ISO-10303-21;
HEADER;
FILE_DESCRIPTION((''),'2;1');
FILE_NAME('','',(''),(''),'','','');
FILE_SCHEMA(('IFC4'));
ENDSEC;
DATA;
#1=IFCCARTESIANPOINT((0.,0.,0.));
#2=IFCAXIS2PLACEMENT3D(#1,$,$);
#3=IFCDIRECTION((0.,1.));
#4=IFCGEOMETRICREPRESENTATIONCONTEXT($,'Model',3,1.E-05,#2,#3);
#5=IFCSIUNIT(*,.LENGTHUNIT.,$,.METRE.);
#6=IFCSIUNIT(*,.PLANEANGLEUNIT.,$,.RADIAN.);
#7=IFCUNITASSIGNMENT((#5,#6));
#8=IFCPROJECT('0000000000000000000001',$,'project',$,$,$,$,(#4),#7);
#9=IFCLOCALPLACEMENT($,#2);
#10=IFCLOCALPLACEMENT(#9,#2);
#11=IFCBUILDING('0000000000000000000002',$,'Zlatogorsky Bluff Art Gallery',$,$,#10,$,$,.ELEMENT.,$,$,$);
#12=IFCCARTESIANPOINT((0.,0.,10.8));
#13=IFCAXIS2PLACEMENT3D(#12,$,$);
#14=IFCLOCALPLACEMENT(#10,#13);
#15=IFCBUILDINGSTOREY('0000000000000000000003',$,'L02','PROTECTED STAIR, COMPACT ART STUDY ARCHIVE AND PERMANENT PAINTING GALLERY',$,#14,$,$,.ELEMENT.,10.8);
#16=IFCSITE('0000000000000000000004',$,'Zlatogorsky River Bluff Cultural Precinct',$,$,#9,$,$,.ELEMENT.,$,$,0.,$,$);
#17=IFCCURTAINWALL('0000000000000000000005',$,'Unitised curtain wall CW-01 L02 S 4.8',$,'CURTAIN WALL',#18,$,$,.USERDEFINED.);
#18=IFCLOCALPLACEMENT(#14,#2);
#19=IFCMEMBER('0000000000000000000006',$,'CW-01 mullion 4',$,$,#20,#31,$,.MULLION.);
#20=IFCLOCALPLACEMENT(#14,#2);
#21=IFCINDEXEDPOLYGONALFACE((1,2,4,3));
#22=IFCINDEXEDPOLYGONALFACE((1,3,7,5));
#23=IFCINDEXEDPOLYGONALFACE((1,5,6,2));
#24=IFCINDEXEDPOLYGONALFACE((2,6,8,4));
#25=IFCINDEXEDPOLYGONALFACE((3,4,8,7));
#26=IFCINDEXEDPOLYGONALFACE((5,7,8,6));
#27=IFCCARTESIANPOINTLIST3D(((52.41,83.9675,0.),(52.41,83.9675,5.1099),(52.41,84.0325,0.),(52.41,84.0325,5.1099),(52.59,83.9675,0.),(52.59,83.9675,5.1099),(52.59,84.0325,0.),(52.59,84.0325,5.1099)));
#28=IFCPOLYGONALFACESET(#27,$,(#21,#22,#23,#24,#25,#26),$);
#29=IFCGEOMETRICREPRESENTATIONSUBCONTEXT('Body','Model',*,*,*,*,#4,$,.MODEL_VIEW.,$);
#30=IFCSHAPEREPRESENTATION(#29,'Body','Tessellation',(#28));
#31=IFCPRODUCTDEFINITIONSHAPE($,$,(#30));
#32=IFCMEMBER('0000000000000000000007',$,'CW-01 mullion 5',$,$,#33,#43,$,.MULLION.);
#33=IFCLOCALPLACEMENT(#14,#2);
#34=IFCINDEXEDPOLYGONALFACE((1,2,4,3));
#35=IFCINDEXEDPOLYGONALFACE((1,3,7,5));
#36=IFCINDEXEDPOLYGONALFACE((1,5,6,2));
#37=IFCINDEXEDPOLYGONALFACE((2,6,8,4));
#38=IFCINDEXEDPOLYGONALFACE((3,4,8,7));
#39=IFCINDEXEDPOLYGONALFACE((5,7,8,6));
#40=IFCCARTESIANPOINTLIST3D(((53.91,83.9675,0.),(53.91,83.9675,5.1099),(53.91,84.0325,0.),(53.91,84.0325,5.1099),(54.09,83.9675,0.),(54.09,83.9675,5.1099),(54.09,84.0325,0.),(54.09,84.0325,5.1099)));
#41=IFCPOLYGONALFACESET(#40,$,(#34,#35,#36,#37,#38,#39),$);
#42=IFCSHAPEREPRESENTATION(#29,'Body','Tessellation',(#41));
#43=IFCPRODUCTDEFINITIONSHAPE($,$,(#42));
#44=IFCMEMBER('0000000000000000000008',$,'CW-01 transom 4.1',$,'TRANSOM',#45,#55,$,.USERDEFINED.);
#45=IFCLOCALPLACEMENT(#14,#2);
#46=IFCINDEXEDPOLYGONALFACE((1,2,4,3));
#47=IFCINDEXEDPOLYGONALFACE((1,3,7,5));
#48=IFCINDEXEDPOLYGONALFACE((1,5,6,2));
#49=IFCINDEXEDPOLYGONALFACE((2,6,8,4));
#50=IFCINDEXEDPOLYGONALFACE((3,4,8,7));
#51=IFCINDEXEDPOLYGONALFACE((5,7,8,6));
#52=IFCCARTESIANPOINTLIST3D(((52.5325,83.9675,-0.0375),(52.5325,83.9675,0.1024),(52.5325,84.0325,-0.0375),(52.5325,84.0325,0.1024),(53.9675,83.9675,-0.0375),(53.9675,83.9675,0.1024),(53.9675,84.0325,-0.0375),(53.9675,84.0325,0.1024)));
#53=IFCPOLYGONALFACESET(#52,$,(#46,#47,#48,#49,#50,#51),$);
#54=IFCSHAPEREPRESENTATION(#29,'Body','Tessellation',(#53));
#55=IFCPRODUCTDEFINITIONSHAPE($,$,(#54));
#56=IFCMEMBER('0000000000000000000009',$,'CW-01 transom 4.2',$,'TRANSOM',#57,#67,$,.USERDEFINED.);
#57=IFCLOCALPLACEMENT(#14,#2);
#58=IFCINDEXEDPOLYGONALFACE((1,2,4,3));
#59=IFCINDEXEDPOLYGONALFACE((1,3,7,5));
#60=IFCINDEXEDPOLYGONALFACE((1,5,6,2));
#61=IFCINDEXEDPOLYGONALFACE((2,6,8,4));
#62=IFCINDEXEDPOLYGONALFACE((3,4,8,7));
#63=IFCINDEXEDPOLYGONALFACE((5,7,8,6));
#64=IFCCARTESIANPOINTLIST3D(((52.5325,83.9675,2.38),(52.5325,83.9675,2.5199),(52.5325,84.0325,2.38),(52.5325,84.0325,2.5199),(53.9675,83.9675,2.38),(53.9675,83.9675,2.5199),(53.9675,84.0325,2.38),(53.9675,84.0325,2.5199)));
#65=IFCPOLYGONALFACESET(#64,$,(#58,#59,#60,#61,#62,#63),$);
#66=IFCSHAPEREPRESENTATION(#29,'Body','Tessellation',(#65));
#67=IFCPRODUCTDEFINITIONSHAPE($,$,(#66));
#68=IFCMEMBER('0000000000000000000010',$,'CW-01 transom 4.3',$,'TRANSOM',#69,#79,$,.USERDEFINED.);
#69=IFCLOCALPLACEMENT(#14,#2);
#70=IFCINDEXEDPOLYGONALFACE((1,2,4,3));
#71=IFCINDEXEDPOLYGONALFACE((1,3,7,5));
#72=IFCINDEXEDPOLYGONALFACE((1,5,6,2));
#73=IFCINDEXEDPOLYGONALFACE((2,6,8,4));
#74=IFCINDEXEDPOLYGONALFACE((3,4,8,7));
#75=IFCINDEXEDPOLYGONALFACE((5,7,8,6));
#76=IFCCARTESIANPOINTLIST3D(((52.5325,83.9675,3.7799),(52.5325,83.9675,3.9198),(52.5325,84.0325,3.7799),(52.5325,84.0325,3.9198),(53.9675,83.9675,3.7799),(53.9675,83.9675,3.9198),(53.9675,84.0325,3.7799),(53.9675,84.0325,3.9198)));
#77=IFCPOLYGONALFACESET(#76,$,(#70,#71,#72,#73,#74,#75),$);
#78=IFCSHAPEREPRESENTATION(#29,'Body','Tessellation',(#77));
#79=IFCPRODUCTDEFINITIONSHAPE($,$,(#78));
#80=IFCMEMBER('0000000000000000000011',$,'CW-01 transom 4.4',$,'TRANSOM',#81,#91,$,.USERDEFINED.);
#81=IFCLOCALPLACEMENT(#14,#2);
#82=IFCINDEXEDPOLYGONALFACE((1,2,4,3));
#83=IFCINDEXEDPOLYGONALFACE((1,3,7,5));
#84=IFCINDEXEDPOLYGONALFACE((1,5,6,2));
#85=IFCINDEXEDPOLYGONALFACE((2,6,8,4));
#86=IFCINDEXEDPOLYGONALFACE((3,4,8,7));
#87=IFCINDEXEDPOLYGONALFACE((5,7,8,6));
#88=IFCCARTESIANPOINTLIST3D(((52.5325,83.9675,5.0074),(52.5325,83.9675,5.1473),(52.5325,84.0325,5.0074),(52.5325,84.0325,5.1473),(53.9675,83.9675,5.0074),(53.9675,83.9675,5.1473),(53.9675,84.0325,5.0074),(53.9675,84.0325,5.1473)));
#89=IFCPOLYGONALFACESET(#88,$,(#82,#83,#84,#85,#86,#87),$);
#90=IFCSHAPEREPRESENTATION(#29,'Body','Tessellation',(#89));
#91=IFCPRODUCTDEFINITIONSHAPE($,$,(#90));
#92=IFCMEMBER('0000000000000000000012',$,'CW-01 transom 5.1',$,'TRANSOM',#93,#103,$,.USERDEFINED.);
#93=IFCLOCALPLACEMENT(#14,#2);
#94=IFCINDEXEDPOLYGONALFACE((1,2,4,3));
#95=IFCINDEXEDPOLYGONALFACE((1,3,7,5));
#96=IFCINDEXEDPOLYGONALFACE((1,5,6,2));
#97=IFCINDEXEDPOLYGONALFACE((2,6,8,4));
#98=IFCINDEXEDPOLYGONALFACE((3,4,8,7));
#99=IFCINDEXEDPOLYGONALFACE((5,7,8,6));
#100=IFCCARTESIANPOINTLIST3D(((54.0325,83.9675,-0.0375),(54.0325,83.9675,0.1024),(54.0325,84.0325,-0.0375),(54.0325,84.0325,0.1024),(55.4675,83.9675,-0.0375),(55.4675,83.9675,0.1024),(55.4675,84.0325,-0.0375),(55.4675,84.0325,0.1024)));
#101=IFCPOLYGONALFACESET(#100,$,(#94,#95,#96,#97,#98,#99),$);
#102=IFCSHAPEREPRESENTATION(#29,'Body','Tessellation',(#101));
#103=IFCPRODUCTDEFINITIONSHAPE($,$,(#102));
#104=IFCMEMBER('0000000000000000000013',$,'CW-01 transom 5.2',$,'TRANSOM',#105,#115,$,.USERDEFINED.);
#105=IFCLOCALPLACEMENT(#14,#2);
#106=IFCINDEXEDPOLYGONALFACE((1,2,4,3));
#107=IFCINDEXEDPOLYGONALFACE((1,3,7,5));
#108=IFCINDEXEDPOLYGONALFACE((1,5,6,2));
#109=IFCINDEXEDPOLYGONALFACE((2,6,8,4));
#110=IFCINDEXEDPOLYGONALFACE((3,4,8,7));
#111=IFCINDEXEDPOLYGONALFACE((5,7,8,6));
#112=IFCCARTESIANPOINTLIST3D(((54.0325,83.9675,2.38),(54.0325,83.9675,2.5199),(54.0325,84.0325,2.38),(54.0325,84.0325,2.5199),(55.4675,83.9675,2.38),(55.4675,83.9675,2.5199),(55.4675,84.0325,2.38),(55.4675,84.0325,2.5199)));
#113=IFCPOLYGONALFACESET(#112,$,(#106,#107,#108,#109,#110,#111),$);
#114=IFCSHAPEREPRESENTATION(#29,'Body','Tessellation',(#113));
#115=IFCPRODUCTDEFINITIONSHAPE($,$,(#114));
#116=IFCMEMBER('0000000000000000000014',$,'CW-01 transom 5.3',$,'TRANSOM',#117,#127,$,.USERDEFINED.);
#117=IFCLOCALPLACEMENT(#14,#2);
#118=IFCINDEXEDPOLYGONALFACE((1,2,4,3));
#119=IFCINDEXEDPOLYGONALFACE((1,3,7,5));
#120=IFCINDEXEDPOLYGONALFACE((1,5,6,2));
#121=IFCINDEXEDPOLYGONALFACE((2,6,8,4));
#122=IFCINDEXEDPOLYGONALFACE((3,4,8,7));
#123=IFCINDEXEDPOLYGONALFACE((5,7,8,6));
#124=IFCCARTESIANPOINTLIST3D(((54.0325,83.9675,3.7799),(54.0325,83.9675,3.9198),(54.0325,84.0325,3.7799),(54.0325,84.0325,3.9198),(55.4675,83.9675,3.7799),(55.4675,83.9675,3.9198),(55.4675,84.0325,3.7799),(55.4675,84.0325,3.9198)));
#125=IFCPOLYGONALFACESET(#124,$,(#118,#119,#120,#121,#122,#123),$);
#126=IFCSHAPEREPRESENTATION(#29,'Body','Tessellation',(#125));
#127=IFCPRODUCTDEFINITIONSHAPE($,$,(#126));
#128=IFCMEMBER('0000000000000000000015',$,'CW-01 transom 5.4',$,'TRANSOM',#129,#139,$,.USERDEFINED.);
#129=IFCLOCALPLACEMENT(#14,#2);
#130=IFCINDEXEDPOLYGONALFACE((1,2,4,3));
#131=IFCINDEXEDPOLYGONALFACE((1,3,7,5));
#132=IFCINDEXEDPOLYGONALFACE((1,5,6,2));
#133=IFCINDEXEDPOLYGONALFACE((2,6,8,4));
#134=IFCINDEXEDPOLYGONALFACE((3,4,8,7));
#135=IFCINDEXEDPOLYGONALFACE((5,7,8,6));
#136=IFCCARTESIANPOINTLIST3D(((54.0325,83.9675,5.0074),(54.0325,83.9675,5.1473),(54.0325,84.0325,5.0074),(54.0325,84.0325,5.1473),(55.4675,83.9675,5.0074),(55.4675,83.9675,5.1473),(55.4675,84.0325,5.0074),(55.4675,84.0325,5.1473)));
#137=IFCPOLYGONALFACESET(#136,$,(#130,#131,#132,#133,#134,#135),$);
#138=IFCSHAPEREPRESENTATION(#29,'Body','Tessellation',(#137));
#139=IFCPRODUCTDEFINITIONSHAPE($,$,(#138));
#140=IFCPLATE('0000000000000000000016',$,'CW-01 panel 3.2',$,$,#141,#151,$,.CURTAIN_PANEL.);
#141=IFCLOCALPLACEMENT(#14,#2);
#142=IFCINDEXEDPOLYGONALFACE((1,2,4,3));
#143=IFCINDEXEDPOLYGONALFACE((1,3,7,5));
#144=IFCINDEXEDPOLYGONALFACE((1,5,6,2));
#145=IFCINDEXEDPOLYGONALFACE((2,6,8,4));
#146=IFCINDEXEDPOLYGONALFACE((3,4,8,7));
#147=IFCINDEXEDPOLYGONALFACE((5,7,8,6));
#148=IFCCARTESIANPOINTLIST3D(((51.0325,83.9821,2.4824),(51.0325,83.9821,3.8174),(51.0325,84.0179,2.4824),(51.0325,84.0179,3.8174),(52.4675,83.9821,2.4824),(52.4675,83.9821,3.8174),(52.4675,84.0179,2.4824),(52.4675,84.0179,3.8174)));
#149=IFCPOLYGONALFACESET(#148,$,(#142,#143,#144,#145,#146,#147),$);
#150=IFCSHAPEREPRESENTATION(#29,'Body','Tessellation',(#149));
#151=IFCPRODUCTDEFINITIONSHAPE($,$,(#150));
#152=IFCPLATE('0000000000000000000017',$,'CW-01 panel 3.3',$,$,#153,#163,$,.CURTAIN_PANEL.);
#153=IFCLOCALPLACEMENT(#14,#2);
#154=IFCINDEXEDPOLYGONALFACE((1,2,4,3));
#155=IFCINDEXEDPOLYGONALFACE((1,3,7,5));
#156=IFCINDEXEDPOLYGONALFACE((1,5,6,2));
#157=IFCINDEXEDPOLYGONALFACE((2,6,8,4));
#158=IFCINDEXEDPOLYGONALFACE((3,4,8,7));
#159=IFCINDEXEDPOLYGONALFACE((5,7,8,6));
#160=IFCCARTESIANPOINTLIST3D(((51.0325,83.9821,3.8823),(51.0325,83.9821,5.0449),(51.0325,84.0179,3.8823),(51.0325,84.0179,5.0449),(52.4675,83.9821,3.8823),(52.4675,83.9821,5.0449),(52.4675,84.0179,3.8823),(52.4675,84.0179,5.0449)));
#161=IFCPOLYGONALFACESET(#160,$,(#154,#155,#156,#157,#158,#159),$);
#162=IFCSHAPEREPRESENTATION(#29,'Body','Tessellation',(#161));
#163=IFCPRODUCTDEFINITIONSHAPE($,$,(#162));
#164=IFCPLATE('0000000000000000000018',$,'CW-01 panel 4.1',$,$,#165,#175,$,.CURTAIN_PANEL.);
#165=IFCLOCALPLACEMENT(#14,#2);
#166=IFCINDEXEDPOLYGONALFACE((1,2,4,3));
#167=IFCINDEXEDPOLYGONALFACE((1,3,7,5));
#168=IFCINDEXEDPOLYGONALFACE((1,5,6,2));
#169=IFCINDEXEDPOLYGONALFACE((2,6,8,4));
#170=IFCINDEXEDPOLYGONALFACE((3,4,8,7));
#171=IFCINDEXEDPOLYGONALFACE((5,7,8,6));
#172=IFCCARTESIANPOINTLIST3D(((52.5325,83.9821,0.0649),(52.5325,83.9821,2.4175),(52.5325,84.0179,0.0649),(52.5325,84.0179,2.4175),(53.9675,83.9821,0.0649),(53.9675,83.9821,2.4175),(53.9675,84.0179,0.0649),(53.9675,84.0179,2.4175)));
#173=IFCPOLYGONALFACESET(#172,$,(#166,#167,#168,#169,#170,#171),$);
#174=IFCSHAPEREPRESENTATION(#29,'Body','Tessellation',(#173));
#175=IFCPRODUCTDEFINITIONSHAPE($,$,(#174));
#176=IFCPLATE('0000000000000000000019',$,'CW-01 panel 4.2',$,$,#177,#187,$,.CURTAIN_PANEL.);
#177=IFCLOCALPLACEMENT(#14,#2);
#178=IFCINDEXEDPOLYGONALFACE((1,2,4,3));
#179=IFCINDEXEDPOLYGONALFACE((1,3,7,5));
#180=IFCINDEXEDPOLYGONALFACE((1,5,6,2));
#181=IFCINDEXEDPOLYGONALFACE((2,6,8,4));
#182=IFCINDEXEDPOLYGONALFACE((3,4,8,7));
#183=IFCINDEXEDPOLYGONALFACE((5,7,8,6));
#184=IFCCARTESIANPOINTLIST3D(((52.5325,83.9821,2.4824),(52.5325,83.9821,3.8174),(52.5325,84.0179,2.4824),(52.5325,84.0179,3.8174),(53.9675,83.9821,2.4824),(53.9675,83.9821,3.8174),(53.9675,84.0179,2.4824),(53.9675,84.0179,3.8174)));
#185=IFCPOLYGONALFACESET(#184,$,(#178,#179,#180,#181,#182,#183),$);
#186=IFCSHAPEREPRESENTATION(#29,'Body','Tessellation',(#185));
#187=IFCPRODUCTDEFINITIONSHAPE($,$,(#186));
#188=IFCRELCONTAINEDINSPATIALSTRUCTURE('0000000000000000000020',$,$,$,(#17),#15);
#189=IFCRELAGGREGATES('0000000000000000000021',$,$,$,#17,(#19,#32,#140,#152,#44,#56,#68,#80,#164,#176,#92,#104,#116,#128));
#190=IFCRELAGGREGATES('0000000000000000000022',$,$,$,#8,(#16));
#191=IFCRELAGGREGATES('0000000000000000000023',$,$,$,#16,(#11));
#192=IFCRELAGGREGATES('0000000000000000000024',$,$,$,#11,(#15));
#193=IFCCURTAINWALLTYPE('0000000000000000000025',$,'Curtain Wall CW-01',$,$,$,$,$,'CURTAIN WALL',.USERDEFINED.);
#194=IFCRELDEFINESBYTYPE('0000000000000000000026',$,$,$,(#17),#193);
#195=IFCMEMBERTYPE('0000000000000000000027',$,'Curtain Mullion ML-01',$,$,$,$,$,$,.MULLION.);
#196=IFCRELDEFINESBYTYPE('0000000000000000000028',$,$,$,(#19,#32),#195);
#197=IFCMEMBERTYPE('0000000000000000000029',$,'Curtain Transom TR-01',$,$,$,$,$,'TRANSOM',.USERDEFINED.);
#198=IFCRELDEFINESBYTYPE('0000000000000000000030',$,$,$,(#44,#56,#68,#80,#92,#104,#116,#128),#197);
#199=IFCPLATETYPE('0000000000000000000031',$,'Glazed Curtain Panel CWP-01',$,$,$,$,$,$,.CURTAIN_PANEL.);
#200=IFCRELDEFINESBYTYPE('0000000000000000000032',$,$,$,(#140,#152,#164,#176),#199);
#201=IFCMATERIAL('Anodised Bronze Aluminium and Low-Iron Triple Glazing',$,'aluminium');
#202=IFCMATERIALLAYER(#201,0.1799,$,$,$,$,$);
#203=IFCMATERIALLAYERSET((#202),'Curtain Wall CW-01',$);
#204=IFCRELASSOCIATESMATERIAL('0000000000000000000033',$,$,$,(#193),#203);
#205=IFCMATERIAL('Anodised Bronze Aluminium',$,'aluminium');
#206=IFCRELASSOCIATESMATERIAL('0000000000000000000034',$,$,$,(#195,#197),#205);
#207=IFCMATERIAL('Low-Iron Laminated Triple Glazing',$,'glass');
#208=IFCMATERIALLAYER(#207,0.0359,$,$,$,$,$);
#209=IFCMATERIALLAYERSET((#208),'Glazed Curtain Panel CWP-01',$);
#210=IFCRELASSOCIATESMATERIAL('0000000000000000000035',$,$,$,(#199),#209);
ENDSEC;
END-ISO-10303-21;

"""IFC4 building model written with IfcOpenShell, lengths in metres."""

from ifc_helpers import new_model, si_unit, direction, frame, origin, origin_2d, place, context, subcontext, project, spatial, rectangle, extrude, material, layer, layer_set, material_profile, profile_set, type_object, element, aggregate, save


model = new_model("IFC4")

# Units and contexts
model_context = context("Model", 3, precision=1e-05, world=origin(), true_north=direction((0.0, 1.0)))
body_context = subcontext(model_context, "Body", "Model", "MODEL_VIEW")
ifc_project = project(units=[si_unit("LENGTHUNIT", "METRE"), si_unit("PLANEANGLEUNIT", "RADIAN")], contexts=[model_context])

# Site, building, storey
site_placement = place(None, origin())
site = spatial("IfcSite", under=ifc_project, at=site_placement, Name="Zlatogorsky River Bluff Cultural Precinct", CompositionType="ELEMENT", RefElevation=0.0)
building_placement = place(site_placement, origin())
building = spatial("IfcBuilding", under=site, at=building_placement, Name="Zlatogorsky Bluff Art Gallery", CompositionType="ELEMENT")
storey_placement = place(building_placement, frame((0.0, 0.0, 10.8)))
storey = spatial("IfcBuildingStorey", under=building, at=storey_placement, Name="L02", Description="PROTECTED STAIR, COMPACT ART STUDY ARCHIVE AND PERMANENT PAINTING GALLERY", CompositionType="ELEMENT", Elevation=10.8)

# Curtain wall, members, plates
ifc_material_1 = material(Name="Anodised Bronze Aluminium and Low-Iron Triple Glazing", Category="aluminium")
ifc_layer_1 = layer(ifc_material_1, 0.1799)
ifc_layer_set_1 = layer_set([ifc_layer_1], Name="Curtain Wall CW-01")
curtain_wall_type = type_object("IfcCurtainWallType", Name="Curtain Wall CW-01", ElementType="CURTAIN WALL", PredefinedType="USERDEFINED", material=ifc_layer_set_1)
curtain_wall_placement = place(storey_placement, origin())
curtain_wall = element("IfcCurtainWall", 1, at=curtain_wall_placement, inside=storey, type_object=curtain_wall_type, Name="Unitised curtain wall CW-01 L02 S 4.8", ObjectType="CURTAIN WALL", PredefinedType="USERDEFINED")
ifc_material_2 = material(Name="Anodised Bronze Aluminium", Category="aluminium")
ifc_material_profile_1 = material_profile(ifc_material_2, rectangle(XDim=0.0649, YDim=0.1799, at=origin_2d()), Name="ALU MULLION 65x180")
ifc_profile_set_1 = profile_set([ifc_material_profile_1], Name="Anodised Bronze Aluminium")
member_type_1 = type_object("IfcMemberType", Name="Curtain Mullion ML-01", PredefinedType="MULLION", material=ifc_profile_set_1)
member_1_placement = place(storey_placement, frame((52.5, 84.0, 0.0), z_axis=(0.0, 0.0, 1.0), x_axis=(0.0, 1.0, 0.0)))
member_1 = element("IfcMember", 2, at=member_1_placement, type_object=member_type_1, Name="CW-01 mullion 4", PredefinedType="MULLION", context=body_context, shape_type="SweptSolid", body=[
    extrude(rectangle(XDim=0.0649, YDim=0.1799, at=origin_2d()), origin(), (0.0, 0.0, 1.0), 5.1099),
])
member_2_placement = place(storey_placement, frame((54.0, 84.0, 0.0), z_axis=(0.0, 0.0, 1.0), x_axis=(0.0, 1.0, 0.0)))
member_2 = element("IfcMember", 3, at=member_2_placement, type_object=member_type_1, Name="CW-01 mullion 5", PredefinedType="MULLION", context=body_context, shape_type="SweptSolid", body=[
    extrude(rectangle(XDim=0.0649, YDim=0.1799, at=origin_2d()), origin(), (0.0, 0.0, 1.0), 5.1099),
])
ifc_material_profile_2 = material_profile(ifc_material_2, rectangle(XDim=0.0649, YDim=0.1399, at=origin_2d()), Name="ALU TRANSOM 65x140")
ifc_profile_set_2 = profile_set([ifc_material_profile_2], Name="Anodised Bronze Aluminium")
member_type_2 = type_object("IfcMemberType", Name="Curtain Transom TR-01", ElementType="TRANSOM", PredefinedType="USERDEFINED", material=ifc_profile_set_2)
member_3_placement = place(storey_placement, frame((52.5325, 84.0, 0.0325), z_axis=(1.0, 0.0, 0.0), x_axis=(0.0, 1.0, 0.0)))
member_3 = element("IfcMember", 4, at=member_3_placement, type_object=member_type_2, Name="CW-01 transom 4.1", ObjectType="TRANSOM", PredefinedType="USERDEFINED", context=body_context, shape_type="SweptSolid", body=[
    extrude(rectangle(XDim=0.0649, YDim=0.1399, at=origin_2d()), origin(), (0.0, 0.0, 1.0), 1.4351),
])
member_4_placement = place(storey_placement, frame((52.5325, 84.0, 2.45), z_axis=(1.0, 0.0, 0.0), x_axis=(0.0, 1.0, 0.0)))
member_4 = element("IfcMember", 5, at=member_4_placement, type_object=member_type_2, Name="CW-01 transom 4.2", ObjectType="TRANSOM", PredefinedType="USERDEFINED", context=body_context, shape_type="SweptSolid", body=[
    extrude(rectangle(XDim=0.0649, YDim=0.1399, at=origin_2d()), origin(), (0.0, 0.0, 1.0), 1.4351),
])
member_5_placement = place(storey_placement, frame((52.5325, 84.0, 3.8499), z_axis=(1.0, 0.0, 0.0), x_axis=(0.0, 1.0, 0.0)))
member_5 = element("IfcMember", 6, at=member_5_placement, type_object=member_type_2, Name="CW-01 transom 4.3", ObjectType="TRANSOM", PredefinedType="USERDEFINED", context=body_context, shape_type="SweptSolid", body=[
    extrude(rectangle(XDim=0.0649, YDim=0.1399, at=origin_2d()), origin(), (0.0, 0.0, 1.0), 1.4351),
])
member_6_placement = place(storey_placement, frame((52.5325, 84.0, 5.0774), z_axis=(1.0, 0.0, 0.0), x_axis=(0.0, 1.0, 0.0)))
member_6 = element("IfcMember", 7, at=member_6_placement, type_object=member_type_2, Name="CW-01 transom 4.4", ObjectType="TRANSOM", PredefinedType="USERDEFINED", context=body_context, shape_type="SweptSolid", body=[
    extrude(rectangle(XDim=0.0649, YDim=0.1399, at=origin_2d()), origin(), (0.0, 0.0, 1.0), 1.4351),
])
member_7_placement = place(storey_placement, frame((54.0325, 84.0, 0.0325), z_axis=(1.0, 0.0, 0.0), x_axis=(0.0, 1.0, 0.0)))
member_7 = element("IfcMember", 8, at=member_7_placement, type_object=member_type_2, Name="CW-01 transom 5.1", ObjectType="TRANSOM", PredefinedType="USERDEFINED", context=body_context, shape_type="SweptSolid", body=[
    extrude(rectangle(XDim=0.0649, YDim=0.1399, at=origin_2d()), origin(), (0.0, 0.0, 1.0), 1.4351),
])
member_8_placement = place(storey_placement, frame((54.0325, 84.0, 2.45), z_axis=(1.0, 0.0, 0.0), x_axis=(0.0, 1.0, 0.0)))
member_8 = element("IfcMember", 9, at=member_8_placement, type_object=member_type_2, Name="CW-01 transom 5.2", ObjectType="TRANSOM", PredefinedType="USERDEFINED", context=body_context, shape_type="SweptSolid", body=[
    extrude(rectangle(XDim=0.0649, YDim=0.1399, at=origin_2d()), origin(), (0.0, 0.0, 1.0), 1.4351),
])
member_9_placement = place(storey_placement, frame((54.0325, 84.0, 3.8499), z_axis=(1.0, 0.0, 0.0), x_axis=(0.0, 1.0, 0.0)))
member_9 = element("IfcMember", 10, at=member_9_placement, type_object=member_type_2, Name="CW-01 transom 5.3", ObjectType="TRANSOM", PredefinedType="USERDEFINED", context=body_context, shape_type="SweptSolid", body=[
    extrude(rectangle(XDim=0.0649, YDim=0.1399, at=origin_2d()), origin(), (0.0, 0.0, 1.0), 1.4351),
])
member_10_placement = place(storey_placement, frame((54.0325, 84.0, 5.0774), z_axis=(1.0, 0.0, 0.0), x_axis=(0.0, 1.0, 0.0)))
member_10 = element("IfcMember", 11, at=member_10_placement, type_object=member_type_2, Name="CW-01 transom 5.4", ObjectType="TRANSOM", PredefinedType="USERDEFINED", context=body_context, shape_type="SweptSolid", body=[
    extrude(rectangle(XDim=0.0649, YDim=0.1399, at=origin_2d()), origin(), (0.0, 0.0, 1.0), 1.4351),
])
ifc_material_3 = material(Name="Low-Iron Laminated Triple Glazing", Category="glass")
ifc_layer_2 = layer(ifc_material_3, 0.0359)
ifc_layer_set_2 = layer_set([ifc_layer_2], Name="Glazed Curtain Panel CWP-01")
plate_type = type_object("IfcPlateType", Name="Glazed Curtain Panel CWP-01", PredefinedType="CURTAIN_PANEL", material=ifc_layer_set_2)
plate_1_placement = place(storey_placement, frame((51.75, 84.0, 2.4824), z_axis=(0.0, 0.0, 1.0), x_axis=(1.0, 0.0, 0.0)))
plate_1 = element("IfcPlate", 12, at=plate_1_placement, type_object=plate_type, Name="CW-01 panel 3.2", PredefinedType="CURTAIN_PANEL", context=body_context, shape_type="SweptSolid", body=[
    extrude(rectangle(XDim=1.4351, YDim=0.0359, at=origin_2d()), origin(), (0.0, 0.0, 1.0), 1.335),
])
plate_2_placement = place(storey_placement, frame((51.75, 84.0, 3.8823), z_axis=(0.0, 0.0, 1.0), x_axis=(1.0, 0.0, 0.0)))
plate_2 = element("IfcPlate", 13, at=plate_2_placement, type_object=plate_type, Name="CW-01 panel 3.3", PredefinedType="CURTAIN_PANEL", context=body_context, shape_type="SweptSolid", body=[
    extrude(rectangle(XDim=1.4351, YDim=0.0359, at=origin_2d()), origin(), (0.0, 0.0, 1.0), 1.1626),
])
plate_3_placement = place(storey_placement, frame((53.25, 84.0, 0.0649), z_axis=(0.0, 0.0, 1.0), x_axis=(1.0, 0.0, 0.0)))
plate_3 = element("IfcPlate", 14, at=plate_3_placement, type_object=plate_type, Name="CW-01 panel 4.1", PredefinedType="CURTAIN_PANEL", context=body_context, shape_type="SweptSolid", body=[
    extrude(rectangle(XDim=1.4351, YDim=0.0359, at=origin_2d()), origin(), (0.0, 0.0, 1.0), 2.3525),
])
plate_4_placement = place(storey_placement, frame((53.25, 84.0, 2.4824), z_axis=(0.0, 0.0, 1.0), x_axis=(1.0, 0.0, 0.0)))
plate_4 = element("IfcPlate", 15, at=plate_4_placement, type_object=plate_type, Name="CW-01 panel 4.2", PredefinedType="CURTAIN_PANEL", context=body_context, shape_type="SweptSolid", body=[
    extrude(rectangle(XDim=1.4351, YDim=0.0359, at=origin_2d()), origin(), (0.0, 0.0, 1.0), 1.335),
])
aggregate(curtain_wall, [member_1, member_2, plate_1, plate_2, member_3, member_4, member_5, member_6, plate_3, plate_4, member_7, member_8, member_9, member_10])

save(model, "model.ifc")
